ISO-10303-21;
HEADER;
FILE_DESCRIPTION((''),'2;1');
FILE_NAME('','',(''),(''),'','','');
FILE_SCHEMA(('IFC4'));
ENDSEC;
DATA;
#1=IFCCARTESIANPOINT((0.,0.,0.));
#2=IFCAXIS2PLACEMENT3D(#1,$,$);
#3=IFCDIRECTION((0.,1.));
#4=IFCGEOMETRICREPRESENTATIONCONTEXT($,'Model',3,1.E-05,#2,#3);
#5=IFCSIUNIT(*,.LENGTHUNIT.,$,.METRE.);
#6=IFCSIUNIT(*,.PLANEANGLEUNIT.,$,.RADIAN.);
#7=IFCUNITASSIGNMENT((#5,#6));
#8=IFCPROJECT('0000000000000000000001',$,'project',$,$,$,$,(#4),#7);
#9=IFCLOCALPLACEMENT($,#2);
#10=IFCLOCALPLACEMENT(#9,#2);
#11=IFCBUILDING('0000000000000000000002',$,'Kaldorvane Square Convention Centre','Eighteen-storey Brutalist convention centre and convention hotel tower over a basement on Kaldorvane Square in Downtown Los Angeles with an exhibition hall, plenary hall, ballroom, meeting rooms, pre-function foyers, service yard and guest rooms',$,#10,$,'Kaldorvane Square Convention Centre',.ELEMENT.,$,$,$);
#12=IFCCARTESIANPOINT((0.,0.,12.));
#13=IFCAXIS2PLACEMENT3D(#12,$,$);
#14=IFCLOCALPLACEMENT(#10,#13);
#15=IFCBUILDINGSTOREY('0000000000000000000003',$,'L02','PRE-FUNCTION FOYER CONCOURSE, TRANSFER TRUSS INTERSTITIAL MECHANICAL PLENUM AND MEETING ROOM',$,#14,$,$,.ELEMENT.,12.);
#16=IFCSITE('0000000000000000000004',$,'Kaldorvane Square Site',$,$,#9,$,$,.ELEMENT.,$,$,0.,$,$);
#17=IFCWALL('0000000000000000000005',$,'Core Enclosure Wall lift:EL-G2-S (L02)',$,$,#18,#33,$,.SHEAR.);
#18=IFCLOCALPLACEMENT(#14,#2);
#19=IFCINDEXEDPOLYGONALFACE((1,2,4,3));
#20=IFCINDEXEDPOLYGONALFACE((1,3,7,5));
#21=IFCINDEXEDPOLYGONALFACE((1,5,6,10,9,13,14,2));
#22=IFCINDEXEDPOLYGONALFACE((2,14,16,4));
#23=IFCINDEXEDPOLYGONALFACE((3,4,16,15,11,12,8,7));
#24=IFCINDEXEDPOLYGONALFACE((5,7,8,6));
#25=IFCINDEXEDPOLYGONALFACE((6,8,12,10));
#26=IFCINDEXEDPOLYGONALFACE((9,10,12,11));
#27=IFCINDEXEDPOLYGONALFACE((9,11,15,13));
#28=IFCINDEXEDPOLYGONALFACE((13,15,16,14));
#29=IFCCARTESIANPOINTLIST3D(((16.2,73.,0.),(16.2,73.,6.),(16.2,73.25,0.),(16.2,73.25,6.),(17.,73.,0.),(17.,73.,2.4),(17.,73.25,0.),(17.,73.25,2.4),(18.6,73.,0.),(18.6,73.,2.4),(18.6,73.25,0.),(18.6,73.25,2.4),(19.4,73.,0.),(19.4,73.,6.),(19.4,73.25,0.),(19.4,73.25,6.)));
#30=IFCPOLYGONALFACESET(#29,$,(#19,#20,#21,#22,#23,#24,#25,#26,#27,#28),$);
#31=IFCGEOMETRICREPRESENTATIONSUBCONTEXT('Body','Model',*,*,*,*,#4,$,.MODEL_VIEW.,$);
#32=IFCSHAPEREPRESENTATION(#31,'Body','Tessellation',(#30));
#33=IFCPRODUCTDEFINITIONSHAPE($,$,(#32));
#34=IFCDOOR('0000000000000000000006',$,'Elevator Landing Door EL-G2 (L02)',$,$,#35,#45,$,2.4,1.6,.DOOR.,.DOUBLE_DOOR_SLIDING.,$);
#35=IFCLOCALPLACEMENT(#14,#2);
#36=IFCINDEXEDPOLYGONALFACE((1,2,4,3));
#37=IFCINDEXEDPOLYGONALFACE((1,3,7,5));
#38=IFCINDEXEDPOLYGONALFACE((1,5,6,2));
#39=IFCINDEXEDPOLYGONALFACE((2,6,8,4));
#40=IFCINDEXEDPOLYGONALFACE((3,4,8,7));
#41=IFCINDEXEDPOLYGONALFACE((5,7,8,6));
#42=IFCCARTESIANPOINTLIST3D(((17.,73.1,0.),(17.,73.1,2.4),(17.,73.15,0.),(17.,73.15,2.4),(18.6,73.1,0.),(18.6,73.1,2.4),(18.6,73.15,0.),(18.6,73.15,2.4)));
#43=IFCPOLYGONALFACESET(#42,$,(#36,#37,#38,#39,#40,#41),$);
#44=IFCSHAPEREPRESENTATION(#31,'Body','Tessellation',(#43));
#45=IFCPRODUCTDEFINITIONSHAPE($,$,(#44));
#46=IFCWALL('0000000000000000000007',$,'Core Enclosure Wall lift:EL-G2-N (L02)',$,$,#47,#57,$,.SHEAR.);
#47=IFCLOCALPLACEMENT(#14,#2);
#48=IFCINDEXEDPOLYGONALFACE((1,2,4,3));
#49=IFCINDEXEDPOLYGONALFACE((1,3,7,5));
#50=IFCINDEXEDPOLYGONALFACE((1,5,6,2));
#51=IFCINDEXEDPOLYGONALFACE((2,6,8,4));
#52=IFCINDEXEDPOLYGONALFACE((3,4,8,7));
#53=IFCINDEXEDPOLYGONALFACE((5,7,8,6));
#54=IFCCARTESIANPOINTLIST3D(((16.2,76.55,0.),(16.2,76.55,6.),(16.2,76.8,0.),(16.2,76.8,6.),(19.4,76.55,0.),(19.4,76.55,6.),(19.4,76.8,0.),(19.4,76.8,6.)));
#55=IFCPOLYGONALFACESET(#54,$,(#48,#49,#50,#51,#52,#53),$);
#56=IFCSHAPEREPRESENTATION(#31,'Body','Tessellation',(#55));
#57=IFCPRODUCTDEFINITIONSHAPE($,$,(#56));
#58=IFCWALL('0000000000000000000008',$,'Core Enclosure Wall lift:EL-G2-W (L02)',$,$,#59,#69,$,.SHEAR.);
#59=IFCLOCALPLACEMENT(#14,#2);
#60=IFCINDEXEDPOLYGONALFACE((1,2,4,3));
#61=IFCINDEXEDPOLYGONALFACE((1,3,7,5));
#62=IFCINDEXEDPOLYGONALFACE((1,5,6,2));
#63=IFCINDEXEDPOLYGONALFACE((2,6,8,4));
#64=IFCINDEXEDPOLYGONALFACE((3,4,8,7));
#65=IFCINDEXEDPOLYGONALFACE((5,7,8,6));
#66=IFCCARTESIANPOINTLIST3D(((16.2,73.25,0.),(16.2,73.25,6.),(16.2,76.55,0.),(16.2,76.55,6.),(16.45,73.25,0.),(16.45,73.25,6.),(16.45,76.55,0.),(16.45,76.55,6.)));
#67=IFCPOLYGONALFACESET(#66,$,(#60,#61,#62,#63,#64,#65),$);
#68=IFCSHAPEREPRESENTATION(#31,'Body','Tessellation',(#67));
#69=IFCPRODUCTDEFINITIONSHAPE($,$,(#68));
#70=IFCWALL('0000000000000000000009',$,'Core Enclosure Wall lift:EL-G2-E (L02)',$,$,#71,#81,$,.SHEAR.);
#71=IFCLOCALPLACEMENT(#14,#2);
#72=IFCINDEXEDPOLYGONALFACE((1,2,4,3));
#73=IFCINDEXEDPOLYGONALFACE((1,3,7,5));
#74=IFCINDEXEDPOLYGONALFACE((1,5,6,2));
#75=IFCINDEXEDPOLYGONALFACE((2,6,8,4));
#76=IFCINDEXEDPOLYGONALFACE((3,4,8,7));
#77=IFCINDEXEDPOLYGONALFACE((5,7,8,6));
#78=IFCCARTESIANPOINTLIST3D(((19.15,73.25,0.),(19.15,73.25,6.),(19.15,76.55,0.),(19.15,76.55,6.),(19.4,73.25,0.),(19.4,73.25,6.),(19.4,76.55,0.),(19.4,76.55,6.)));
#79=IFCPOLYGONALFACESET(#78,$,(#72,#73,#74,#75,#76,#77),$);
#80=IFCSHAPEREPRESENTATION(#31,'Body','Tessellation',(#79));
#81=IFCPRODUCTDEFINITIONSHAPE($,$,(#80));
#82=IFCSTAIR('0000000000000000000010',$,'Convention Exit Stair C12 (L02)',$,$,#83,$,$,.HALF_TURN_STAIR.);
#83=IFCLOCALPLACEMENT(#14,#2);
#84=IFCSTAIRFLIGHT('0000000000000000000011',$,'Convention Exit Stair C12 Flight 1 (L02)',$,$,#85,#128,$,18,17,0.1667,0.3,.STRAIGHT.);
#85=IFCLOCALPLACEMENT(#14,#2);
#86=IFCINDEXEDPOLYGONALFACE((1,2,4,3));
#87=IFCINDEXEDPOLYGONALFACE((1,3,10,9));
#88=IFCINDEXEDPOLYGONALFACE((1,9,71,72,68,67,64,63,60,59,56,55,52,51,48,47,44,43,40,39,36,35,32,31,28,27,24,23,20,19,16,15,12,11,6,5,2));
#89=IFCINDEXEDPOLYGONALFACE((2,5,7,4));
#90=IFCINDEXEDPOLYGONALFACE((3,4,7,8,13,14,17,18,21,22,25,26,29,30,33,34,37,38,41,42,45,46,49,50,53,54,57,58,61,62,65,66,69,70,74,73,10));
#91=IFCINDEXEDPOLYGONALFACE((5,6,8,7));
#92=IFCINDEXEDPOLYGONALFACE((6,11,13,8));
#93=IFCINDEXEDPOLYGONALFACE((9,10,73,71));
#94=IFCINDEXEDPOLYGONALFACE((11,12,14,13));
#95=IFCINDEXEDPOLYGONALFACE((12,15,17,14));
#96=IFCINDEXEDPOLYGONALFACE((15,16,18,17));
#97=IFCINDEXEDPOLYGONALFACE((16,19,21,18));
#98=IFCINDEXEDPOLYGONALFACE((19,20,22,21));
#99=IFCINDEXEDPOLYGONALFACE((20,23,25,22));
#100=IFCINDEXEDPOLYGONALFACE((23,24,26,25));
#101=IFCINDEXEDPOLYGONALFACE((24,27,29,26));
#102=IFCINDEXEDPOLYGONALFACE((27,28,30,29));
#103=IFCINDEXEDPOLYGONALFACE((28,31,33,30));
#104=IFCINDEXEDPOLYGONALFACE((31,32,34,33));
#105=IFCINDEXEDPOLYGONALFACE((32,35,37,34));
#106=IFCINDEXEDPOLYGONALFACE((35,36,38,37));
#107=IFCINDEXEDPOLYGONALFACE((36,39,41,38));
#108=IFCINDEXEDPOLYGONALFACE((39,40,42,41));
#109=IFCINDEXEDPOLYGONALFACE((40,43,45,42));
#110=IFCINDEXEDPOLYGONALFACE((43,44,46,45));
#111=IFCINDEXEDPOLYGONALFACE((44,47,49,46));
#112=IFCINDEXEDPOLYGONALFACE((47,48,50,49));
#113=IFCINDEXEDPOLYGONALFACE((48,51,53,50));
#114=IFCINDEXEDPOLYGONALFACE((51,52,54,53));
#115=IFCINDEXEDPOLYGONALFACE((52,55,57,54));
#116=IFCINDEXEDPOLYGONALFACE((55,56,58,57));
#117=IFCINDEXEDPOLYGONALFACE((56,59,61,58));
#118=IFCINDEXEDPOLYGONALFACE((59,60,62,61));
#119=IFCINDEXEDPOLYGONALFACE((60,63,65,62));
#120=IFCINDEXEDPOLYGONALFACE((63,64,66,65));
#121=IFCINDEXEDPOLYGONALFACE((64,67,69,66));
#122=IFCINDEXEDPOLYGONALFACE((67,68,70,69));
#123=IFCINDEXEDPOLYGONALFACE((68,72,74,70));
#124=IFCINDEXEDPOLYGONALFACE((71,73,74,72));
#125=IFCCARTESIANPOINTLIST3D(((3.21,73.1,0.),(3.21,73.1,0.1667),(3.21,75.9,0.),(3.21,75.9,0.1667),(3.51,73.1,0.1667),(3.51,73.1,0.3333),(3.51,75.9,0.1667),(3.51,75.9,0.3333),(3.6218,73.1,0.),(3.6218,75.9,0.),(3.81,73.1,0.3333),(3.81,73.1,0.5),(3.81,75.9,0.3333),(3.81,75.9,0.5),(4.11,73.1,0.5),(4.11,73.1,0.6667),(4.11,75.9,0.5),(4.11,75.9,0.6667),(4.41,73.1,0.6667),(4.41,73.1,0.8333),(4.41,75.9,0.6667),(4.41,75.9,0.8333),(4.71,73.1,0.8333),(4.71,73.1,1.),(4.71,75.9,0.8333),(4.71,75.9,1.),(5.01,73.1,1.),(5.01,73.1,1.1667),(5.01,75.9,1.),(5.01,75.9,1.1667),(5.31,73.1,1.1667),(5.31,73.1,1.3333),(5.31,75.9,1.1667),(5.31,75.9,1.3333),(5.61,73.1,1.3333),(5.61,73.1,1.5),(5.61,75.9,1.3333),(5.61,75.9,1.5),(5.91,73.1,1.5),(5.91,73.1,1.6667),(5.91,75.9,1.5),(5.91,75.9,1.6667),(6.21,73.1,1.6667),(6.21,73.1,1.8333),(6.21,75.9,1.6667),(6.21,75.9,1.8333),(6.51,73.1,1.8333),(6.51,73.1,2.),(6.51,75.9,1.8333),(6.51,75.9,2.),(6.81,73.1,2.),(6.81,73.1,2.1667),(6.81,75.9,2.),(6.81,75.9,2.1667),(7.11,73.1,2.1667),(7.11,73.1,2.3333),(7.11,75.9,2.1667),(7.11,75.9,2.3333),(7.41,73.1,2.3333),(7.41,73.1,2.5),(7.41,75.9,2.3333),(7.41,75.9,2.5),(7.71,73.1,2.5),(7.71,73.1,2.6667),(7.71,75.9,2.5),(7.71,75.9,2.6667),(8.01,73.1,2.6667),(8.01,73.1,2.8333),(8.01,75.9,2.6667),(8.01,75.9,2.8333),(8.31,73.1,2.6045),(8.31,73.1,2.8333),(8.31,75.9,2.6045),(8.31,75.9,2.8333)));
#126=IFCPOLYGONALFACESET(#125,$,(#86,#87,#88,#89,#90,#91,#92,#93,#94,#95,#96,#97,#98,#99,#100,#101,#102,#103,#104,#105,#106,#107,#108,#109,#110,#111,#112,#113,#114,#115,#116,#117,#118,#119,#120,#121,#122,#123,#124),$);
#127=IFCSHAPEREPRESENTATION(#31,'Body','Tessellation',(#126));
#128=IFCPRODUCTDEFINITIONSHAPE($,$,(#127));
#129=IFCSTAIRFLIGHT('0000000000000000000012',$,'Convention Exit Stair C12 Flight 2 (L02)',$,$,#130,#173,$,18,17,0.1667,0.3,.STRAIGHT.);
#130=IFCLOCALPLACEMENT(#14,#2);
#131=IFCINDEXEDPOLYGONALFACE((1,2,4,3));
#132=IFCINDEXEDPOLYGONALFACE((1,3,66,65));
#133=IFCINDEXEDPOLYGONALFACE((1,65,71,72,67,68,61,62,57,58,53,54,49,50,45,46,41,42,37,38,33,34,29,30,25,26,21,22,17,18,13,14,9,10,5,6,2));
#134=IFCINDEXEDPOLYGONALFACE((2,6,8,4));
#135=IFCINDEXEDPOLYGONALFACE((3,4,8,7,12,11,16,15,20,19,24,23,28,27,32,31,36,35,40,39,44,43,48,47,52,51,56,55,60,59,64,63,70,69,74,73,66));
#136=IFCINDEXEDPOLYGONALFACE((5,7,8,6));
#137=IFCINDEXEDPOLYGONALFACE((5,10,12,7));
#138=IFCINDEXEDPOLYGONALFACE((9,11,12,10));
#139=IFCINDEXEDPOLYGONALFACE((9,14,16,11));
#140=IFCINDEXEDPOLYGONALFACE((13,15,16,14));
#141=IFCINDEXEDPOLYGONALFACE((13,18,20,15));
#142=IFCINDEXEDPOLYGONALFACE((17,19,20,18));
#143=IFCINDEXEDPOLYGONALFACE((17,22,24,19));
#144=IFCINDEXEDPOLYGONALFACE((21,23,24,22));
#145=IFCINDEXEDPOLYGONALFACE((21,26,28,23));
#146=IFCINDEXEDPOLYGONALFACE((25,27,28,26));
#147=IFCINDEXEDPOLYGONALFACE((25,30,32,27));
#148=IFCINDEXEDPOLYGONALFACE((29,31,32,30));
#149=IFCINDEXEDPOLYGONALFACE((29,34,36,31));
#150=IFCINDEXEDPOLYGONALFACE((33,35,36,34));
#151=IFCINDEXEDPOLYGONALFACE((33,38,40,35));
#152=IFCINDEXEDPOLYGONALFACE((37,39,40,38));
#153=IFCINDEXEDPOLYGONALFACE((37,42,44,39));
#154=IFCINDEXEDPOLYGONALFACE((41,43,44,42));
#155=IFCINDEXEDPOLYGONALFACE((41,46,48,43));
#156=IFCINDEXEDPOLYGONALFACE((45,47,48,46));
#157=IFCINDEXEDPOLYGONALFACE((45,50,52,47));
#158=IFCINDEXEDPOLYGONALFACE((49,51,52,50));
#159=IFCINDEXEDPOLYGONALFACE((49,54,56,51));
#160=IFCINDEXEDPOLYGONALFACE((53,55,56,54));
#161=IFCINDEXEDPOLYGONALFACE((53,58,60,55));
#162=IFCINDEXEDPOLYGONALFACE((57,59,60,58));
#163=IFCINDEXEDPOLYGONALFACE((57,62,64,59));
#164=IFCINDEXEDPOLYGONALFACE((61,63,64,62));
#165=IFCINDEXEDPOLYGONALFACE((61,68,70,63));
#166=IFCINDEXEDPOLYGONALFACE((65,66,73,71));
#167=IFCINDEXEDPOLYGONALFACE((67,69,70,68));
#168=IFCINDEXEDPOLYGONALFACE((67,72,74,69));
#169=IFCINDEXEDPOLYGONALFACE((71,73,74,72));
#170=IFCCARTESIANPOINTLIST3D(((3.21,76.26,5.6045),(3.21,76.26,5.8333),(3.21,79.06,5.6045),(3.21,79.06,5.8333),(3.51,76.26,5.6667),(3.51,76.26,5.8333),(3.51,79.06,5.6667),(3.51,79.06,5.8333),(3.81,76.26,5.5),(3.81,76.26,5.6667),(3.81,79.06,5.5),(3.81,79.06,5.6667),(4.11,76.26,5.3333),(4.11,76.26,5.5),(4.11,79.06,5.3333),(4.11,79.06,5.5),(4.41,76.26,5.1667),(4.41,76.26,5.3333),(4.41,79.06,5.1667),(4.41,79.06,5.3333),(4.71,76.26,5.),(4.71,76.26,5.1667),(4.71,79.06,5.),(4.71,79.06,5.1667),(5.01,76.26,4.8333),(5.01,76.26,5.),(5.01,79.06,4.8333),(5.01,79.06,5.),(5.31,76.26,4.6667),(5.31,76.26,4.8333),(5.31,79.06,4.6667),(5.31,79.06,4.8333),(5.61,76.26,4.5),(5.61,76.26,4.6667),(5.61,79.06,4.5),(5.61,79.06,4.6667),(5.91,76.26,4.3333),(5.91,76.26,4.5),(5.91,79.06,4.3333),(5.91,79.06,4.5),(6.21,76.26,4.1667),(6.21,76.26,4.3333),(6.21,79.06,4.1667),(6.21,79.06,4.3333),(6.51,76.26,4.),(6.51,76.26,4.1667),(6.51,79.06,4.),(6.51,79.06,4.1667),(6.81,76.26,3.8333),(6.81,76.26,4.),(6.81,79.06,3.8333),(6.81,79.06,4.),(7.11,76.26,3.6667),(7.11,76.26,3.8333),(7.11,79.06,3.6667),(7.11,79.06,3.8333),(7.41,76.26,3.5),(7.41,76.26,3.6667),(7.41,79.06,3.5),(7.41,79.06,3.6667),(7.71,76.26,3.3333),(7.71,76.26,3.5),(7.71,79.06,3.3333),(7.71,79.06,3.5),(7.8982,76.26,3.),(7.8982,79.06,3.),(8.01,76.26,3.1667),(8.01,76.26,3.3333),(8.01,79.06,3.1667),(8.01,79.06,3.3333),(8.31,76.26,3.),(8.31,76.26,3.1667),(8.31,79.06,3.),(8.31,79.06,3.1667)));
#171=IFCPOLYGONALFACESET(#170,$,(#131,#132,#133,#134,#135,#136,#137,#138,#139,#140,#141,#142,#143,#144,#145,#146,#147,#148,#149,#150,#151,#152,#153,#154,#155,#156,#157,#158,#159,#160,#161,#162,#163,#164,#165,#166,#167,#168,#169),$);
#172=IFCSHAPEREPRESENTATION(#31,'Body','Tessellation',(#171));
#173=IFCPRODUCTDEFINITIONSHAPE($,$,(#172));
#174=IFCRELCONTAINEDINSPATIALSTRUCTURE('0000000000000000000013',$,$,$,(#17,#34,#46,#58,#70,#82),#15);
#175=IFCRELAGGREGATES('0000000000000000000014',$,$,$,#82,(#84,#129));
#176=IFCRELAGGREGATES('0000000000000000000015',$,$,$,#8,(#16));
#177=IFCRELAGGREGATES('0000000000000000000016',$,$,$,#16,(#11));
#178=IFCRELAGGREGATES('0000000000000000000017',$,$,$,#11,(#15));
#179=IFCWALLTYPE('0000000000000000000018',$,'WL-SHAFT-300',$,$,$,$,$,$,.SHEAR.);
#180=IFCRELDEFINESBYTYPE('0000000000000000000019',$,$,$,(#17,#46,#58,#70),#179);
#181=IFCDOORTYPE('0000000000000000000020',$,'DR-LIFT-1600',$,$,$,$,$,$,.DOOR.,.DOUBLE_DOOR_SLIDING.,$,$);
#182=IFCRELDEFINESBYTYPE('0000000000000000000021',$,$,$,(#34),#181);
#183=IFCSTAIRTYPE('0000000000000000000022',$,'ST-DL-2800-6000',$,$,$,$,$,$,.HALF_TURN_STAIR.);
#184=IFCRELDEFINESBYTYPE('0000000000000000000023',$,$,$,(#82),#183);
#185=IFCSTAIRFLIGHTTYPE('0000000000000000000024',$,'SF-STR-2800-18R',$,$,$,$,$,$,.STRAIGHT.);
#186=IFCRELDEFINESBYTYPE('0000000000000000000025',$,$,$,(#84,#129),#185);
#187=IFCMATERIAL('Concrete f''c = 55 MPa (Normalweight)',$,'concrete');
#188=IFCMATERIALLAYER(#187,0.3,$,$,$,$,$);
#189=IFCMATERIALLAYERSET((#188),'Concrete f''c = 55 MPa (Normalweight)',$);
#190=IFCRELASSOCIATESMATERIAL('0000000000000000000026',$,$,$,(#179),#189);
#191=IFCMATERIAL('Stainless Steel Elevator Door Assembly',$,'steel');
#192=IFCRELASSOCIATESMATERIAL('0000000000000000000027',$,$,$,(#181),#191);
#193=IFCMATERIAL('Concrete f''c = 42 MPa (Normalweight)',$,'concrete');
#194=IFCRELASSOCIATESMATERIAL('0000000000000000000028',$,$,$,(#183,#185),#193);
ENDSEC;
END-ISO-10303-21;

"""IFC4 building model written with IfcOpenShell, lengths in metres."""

from ifc_helpers import new_model, si_unit, direction, frame, frame_2d, origin, place, context, subcontext, project, spatial, polyline, rectangle, outline, extrude, material, layer, layer_set, type_object, element, fill, aggregate, save


model = new_model("IFC4")

# Units and contexts
model_context = context("Model", 3, precision=1e-05, world=origin(), true_north=direction((0.0, 1.0)))
body_context = subcontext(model_context, "Body", "Model", "MODEL_VIEW")
ifc_project = project(units=[si_unit("LENGTHUNIT", "METRE"), si_unit("PLANEANGLEUNIT", "RADIAN")], contexts=[model_context])

# Site, building, storey
site_placement = place(None, origin())
site = spatial("IfcSite", under=ifc_project, at=site_placement, Name="Kaldorvane Square Site", CompositionType="ELEMENT", RefElevation=0.0)
building_placement = place(site_placement, origin())
building = spatial("IfcBuilding", under=site, at=building_placement, Name="Kaldorvane Square Convention Centre", Description="Eighteen-storey Brutalist convention centre and convention hotel tower over a basement on Kaldorvane Square in Downtown Los Angeles with an exhibition hall, plenary hall, ballroom, meeting rooms, pre-function foyers, service yard and guest rooms", LongName="Kaldorvane Square Convention Centre", CompositionType="ELEMENT")
storey_placement = place(building_placement, frame((0.0, 0.0, 12.0)))
storey = spatial("IfcBuildingStorey", under=building, at=storey_placement, Name="L02", Description="PRE-FUNCTION FOYER CONCOURSE, TRANSFER TRUSS INTERSTITIAL MECHANICAL PLENUM AND MEETING ROOM", CompositionType="ELEMENT", Elevation=12.0)

# Shared definitions
ifc_material_1 = material(Name="Concrete f'c = 42 MPa (Normalweight)", Category="concrete")

# Shared definitions
ifc_material_2 = material(Name="Concrete f'c = 55 MPa (Normalweight)", Category="concrete")
ifc_layer_1 = layer(ifc_material_2, 0.3)
ifc_layer_set_1 = layer_set([ifc_layer_1], Name="Concrete f'c = 55 MPa (Normalweight)")
wall_type_1 = type_object("IfcWallType", Name="WL-SHAFT-300", PredefinedType="SHEAR", material=ifc_layer_set_1)

# Shared definitions
ifc_material_3 = material(Name="Stainless Steel Elevator Door Assembly", Category="steel")
door_type_1 = type_object("IfcDoorType", Name="DR-LIFT-1600", OperationType="DOUBLE_DOOR_SLIDING", PredefinedType="DOOR", material=ifc_material_3)

# Wall, opening, door
wall_1_placement = place(storey_placement, frame((16.2, 73.125, 0.0), z_axis=(0.0, 0.0, 1.0), x_axis=(1.0, 0.0, 0.0)))
wall_1 = element("IfcWall", 1, at=wall_1_placement, inside=storey, type_object=wall_type_1, Name="Core Enclosure Wall lift:EL-G2-S (L02)", PredefinedType="SHEAR", context=body_context, shape_type="SweptSolid", body=[
    extrude(rectangle(XDim=3.2, YDim=0.25, at=frame_2d((1.6, 0.0))), origin(), (0.0, 0.0, 1.0), 6.0),
])
opening_1_placement = place(wall_1_placement, frame((0.8, 0.0, 0.0)))
opening_1 = element("IfcOpeningElement", 2, at=opening_1_placement, cuts=wall_1, PredefinedType="OPENING", context=body_context, shape_type="SweptSolid", body=[
    extrude(rectangle(XDim=1.6, YDim=2.4, at=frame_2d((0.8, 1.2))), frame((0.0, 0.14, 0.0), z_axis=(0.0, -1.0, 0.0), x_axis=(1.0, 0.0, 0.0)), (0.0, 0.0, 1.0), 0.28),
])
door_1_placement = place(opening_1_placement, origin())
door_1 = element("IfcDoor", 3, at=door_1_placement, inside=storey, type_object=door_type_1, Name="Elevator Landing Door EL-G2 (L02)", OperationType="DOUBLE_DOOR_SLIDING", OverallHeight=2.4, OverallWidth=1.6, PredefinedType="DOOR", context=body_context, shape_type="SweptSolid", body=[
    extrude(rectangle(XDim=1.6, YDim=2.4, at=frame_2d((0.8, 1.2))), frame((0.0, 0.025, 0.0), z_axis=(0.0, -1.0, 0.0), x_axis=(1.0, 0.0, 0.0)), (0.0, 0.0, 1.0), 0.05),
])
fill(opening_1, door_1)

# Walls
wall_2_placement = place(storey_placement, frame((19.4, 76.675, 0.0), z_axis=(0.0, 0.0, 1.0), x_axis=(-1.0, 0.0, 0.0)))
element("IfcWall", 4, at=wall_2_placement, inside=storey, type_object=wall_type_1, Name="Core Enclosure Wall lift:EL-G2-N (L02)", PredefinedType="SHEAR", context=body_context, shape_type="SweptSolid", body=[
    extrude(rectangle(XDim=3.2, YDim=0.25, at=frame_2d((1.6, 0.0))), origin(), (0.0, 0.0, 1.0), 6.0),
])
for number, where, z_axis, x_axis, name in (
    (5, (16.325, 76.55, 0.0), (0.0, 0.0, 1.0), (0.0, -1.0, 0.0), "Core Enclosure Wall lift:EL-G2-W (L02)"),
    (6, (19.275, 73.25, 0.0), (0.0, 0.0, 1.0), (0.0, 1.0, 0.0), "Core Enclosure Wall lift:EL-G2-E (L02)"),
):
    element("IfcWall", number, at=place(storey_placement, frame(where, z_axis=z_axis, x_axis=x_axis)), inside=storey, type_object=wall_type_1, Name=name, PredefinedType="SHEAR", context=body_context, shape_type="SweptSolid", body=[
        extrude(rectangle(XDim=3.3, YDim=0.25, at=frame_2d((1.65, 0.0))), origin(), (0.0, 0.0, 1.0), 6.0),
    ])

# Stair, stair flights
stair_type = type_object("IfcStairType", Name="ST-DL-2800-6000", PredefinedType="HALF_TURN_STAIR", material=ifc_material_1)
stair_placement = place(storey_placement, origin())
stair = element("IfcStair", 7, at=stair_placement, inside=storey, type_object=stair_type, Name="Convention Exit Stair C12 (L02)", PredefinedType="HALF_TURN_STAIR")
stair_flight_type = type_object("IfcStairFlightType", Name="SF-STR-2800-18R", PredefinedType="STRAIGHT", material=ifc_material_1)
stair_flight_1_placement = place(storey_placement, frame((3.21, 74.5, 0.0), z_axis=(0.0, 0.0, 1.0), x_axis=(1.0, 0.0, 0.0)))
stair_flight_1 = element("IfcStairFlight", 8, at=stair_flight_1_placement, type_object=stair_flight_type, Name="Convention Exit Stair C12 Flight 1 (L02)", NumberOfRisers=18, NumberOfTreads=17, PredefinedType="STRAIGHT", RiserHeight=0.1667, TreadLength=0.3, context=body_context, shape_type="SweptSolid", body=[
    extrude(outline(polyline([(0.0, 0.0), (0.0, 0.1667), (0.3, 0.1667), (0.3, 0.3333), (0.6, 0.3333), (0.6, 0.5), (0.9, 0.5), (0.9, 0.6667), (1.2, 0.6667), (1.2, 0.8333), (1.5, 0.8333), (1.5, 1.0), (1.8, 1.0), (1.8, 1.1667), (2.1, 1.1667), (2.1, 1.3333), (2.4, 1.3333), (2.4, 1.5), (2.7, 1.5), (2.7, 1.6667), (3.0, 1.6667), (3.0, 1.8333), (3.3, 1.8333), (3.3, 2.0), (3.6, 2.0), (3.6, 2.1667), (3.9, 2.1667), (3.9, 2.3333), (4.2, 2.3333), (4.2, 2.5), (4.5, 2.5), (4.5, 2.6667), (4.8, 2.6667), (4.8, 2.8333), (5.1, 2.8333), (5.1, 3.0), (5.1, 2.6045), (0.4118, 0.0), (0.0, 0.0)])), frame((0.0, 1.4, 0.0), z_axis=(0.0, -1.0, 0.0), x_axis=(1.0, 0.0, 0.0)), (0.0, 0.0, 1.0), 2.8),
])
stair_flight_2_placement = place(storey_placement, frame((8.31, 77.66, 3.0), z_axis=(0.0, 0.0, 1.0), x_axis=(-1.0, 0.0, 0.0)))
stair_flight_2 = element("IfcStairFlight", 9, at=stair_flight_2_placement, type_object=stair_flight_type, Name="Convention Exit Stair C12 Flight 2 (L02)", NumberOfRisers=18, NumberOfTreads=17, PredefinedType="STRAIGHT", RiserHeight=0.1667, TreadLength=0.3, context=body_context, shape_type="SweptSolid", body=[
    extrude(outline(polyline([(0.0, 0.0), (0.0, 0.1667), (0.3, 0.1667), (0.3, 0.3333), (0.6, 0.3333), (0.6, 0.5), (0.9, 0.5), (0.9, 0.6667), (1.2, 0.6667), (1.2, 0.8333), (1.5, 0.8333), (1.5, 1.0), (1.8, 1.0), (1.8, 1.1667), (2.1, 1.1667), (2.1, 1.3333), (2.4, 1.3333), (2.4, 1.5), (2.7, 1.5), (2.7, 1.6667), (3.0, 1.6667), (3.0, 1.8333), (3.3, 1.8333), (3.3, 2.0), (3.6, 2.0), (3.6, 2.1667), (3.9, 2.1667), (3.9, 2.3333), (4.2, 2.3333), (4.2, 2.5), (4.5, 2.5), (4.5, 2.6667), (4.8, 2.6667), (4.8, 2.8333), (5.1, 2.8333), (5.1, 3.0), (5.1, 2.6045), (0.4118, 0.0), (0.0, 0.0)])), frame((0.0, 1.4, 0.0), z_axis=(0.0, -1.0, 0.0), x_axis=(1.0, 0.0, 0.0)), (0.0, 0.0, 1.0), 2.8),
])
aggregate(stair, [stair_flight_1, stair_flight_2])

save(model, "model.ifc")
